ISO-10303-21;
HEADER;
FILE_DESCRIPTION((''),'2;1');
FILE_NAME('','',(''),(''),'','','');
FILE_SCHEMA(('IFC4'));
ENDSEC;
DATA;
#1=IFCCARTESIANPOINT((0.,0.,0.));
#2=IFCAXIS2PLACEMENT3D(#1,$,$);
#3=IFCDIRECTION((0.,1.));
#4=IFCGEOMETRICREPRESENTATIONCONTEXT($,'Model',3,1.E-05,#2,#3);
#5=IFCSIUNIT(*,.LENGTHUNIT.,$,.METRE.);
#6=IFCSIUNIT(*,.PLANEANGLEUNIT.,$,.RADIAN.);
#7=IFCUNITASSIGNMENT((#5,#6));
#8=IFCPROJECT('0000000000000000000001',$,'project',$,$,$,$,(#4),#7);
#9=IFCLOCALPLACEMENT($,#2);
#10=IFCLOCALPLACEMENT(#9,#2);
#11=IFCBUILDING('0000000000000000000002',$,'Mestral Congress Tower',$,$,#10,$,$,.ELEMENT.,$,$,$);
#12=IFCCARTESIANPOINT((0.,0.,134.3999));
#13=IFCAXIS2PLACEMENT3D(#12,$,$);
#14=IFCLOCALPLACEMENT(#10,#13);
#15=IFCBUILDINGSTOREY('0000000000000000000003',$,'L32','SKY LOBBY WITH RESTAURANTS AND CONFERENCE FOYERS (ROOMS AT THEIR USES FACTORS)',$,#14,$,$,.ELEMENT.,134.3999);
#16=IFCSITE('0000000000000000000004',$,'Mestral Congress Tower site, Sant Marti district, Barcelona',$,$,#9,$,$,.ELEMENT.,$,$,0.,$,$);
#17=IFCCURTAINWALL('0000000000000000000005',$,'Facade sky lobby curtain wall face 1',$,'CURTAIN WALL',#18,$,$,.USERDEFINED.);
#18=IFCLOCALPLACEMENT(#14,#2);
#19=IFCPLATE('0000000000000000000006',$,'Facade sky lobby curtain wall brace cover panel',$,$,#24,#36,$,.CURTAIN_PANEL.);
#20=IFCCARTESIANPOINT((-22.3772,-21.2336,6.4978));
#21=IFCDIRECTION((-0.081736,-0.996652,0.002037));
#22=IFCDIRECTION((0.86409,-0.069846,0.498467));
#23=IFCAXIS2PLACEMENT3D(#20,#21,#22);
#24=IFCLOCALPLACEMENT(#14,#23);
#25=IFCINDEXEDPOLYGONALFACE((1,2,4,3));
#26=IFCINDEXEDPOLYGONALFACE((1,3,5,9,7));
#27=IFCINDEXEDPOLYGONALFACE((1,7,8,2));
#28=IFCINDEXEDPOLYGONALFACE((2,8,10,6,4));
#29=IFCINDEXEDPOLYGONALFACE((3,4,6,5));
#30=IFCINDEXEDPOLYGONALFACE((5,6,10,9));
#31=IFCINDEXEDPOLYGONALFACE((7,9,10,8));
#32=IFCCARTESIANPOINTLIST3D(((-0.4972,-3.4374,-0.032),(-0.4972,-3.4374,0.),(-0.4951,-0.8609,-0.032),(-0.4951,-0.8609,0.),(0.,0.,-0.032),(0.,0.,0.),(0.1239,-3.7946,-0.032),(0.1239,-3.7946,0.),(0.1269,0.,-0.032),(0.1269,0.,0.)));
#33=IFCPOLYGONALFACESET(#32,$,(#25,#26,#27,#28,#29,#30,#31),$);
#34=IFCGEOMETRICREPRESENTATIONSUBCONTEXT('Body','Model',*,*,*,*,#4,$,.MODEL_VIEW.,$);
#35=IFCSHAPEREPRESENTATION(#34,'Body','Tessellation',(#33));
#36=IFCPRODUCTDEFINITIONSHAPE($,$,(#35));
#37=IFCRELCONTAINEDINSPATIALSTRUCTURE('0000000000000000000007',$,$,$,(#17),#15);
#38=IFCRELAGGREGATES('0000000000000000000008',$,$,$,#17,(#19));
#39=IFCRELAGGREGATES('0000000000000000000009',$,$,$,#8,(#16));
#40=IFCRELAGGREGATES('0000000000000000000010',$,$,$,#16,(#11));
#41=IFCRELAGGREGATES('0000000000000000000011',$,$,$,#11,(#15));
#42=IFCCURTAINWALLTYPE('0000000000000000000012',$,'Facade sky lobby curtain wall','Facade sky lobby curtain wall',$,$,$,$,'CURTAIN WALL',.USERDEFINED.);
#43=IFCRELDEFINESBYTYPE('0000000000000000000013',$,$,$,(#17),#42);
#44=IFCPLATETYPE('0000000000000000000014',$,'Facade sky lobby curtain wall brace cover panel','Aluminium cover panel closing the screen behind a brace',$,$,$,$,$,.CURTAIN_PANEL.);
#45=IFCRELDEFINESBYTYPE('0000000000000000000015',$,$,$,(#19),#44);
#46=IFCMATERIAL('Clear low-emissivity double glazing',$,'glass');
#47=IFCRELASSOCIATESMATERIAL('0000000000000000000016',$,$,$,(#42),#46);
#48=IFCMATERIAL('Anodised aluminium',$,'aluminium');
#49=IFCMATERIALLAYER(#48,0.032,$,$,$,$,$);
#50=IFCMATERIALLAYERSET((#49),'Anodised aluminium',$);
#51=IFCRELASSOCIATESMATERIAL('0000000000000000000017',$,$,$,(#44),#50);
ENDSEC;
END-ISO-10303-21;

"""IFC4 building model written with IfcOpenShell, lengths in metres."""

from ifc_helpers import new_model, si_unit, direction, frame, origin, place, context, subcontext, project, spatial, polyline, outline, extrude, material, layer, layer_set, type_object, element, aggregate, save


model = new_model("IFC4")

# Units and contexts
model_context = context("Model", 3, precision=1e-05, world=origin(), true_north=direction((0.0, 1.0)))
body_context = subcontext(model_context, "Body", "Model", "MODEL_VIEW")
ifc_project = project(units=[si_unit("LENGTHUNIT", "METRE"), si_unit("PLANEANGLEUNIT", "RADIAN")], contexts=[model_context])

# Site, building, storey
site_placement = place(None, origin())
site = spatial("IfcSite", under=ifc_project, at=site_placement, Name="Mestral Congress Tower site, Sant Marti district, Barcelona", CompositionType="ELEMENT", RefElevation=0.0)
building_placement = place(site_placement, origin())
building = spatial("IfcBuilding", under=site, at=building_placement, Name="Mestral Congress Tower", CompositionType="ELEMENT")
storey_placement = place(building_placement, frame((0.0, 0.0, 134.3999)))
storey = spatial("IfcBuildingStorey", under=building, at=storey_placement, Name="L32", Description="SKY LOBBY WITH RESTAURANTS AND CONFERENCE FOYERS (ROOMS AT THEIR USES FACTORS)", CompositionType="ELEMENT", Elevation=134.3999)

# Curtain wall
ifc_material_1 = material(Name="Clear low-emissivity double glazing", Category="glass")
curtain_wall_type = type_object("IfcCurtainWallType", Name="Facade sky lobby curtain wall", Description="Facade sky lobby curtain wall", ElementType="CURTAIN WALL", PredefinedType="USERDEFINED", material=ifc_material_1)
placement = place(storey_placement, origin())
curtain_wall_1 = element("IfcCurtainWall", 1, at=placement, inside=storey, type_object=curtain_wall_type, Name="Facade sky lobby curtain wall face 1", ObjectType="CURTAIN WALL", PredefinedType="USERDEFINED")
ifc_material_2 = material(Name="Anodised aluminium", Category="aluminium")

# Plate
ifc_layer_1 = layer(ifc_material_2, 0.032)
ifc_layer_set_1 = layer_set([ifc_layer_1], Name="Anodised aluminium")
plate_type_1 = type_object("IfcPlateType", Name="Facade sky lobby curtain wall brace cover panel", Description="Aluminium cover panel closing the screen behind a brace", PredefinedType="CURTAIN_PANEL", material=ifc_layer_set_1)
plate_1_placement = place(storey_placement, frame((-22.3772, -21.2336, 6.4978), z_axis=(-0.081736, -0.996652, 0.002037), x_axis=(0.86409, -0.069846, 0.498467)))
plate_1 = element("IfcPlate", 2, at=plate_1_placement, type_object=plate_type_1, Name="Facade sky lobby curtain wall brace cover panel", PredefinedType="CURTAIN_PANEL", context=body_context, shape_type="SweptSolid", body=[
    extrude(outline(polyline([(0.0, 0.0), (0.1269, 0.0), (0.1239, -3.7946), (-0.4972, -3.4374), (-0.4951, -0.8609), (0.0, 0.0)])), origin(), (0.0, 0.0, -1.0), 0.032),
])

aggregate(curtain_wall_1, [plate_1])

save(model, "model.ifc")
